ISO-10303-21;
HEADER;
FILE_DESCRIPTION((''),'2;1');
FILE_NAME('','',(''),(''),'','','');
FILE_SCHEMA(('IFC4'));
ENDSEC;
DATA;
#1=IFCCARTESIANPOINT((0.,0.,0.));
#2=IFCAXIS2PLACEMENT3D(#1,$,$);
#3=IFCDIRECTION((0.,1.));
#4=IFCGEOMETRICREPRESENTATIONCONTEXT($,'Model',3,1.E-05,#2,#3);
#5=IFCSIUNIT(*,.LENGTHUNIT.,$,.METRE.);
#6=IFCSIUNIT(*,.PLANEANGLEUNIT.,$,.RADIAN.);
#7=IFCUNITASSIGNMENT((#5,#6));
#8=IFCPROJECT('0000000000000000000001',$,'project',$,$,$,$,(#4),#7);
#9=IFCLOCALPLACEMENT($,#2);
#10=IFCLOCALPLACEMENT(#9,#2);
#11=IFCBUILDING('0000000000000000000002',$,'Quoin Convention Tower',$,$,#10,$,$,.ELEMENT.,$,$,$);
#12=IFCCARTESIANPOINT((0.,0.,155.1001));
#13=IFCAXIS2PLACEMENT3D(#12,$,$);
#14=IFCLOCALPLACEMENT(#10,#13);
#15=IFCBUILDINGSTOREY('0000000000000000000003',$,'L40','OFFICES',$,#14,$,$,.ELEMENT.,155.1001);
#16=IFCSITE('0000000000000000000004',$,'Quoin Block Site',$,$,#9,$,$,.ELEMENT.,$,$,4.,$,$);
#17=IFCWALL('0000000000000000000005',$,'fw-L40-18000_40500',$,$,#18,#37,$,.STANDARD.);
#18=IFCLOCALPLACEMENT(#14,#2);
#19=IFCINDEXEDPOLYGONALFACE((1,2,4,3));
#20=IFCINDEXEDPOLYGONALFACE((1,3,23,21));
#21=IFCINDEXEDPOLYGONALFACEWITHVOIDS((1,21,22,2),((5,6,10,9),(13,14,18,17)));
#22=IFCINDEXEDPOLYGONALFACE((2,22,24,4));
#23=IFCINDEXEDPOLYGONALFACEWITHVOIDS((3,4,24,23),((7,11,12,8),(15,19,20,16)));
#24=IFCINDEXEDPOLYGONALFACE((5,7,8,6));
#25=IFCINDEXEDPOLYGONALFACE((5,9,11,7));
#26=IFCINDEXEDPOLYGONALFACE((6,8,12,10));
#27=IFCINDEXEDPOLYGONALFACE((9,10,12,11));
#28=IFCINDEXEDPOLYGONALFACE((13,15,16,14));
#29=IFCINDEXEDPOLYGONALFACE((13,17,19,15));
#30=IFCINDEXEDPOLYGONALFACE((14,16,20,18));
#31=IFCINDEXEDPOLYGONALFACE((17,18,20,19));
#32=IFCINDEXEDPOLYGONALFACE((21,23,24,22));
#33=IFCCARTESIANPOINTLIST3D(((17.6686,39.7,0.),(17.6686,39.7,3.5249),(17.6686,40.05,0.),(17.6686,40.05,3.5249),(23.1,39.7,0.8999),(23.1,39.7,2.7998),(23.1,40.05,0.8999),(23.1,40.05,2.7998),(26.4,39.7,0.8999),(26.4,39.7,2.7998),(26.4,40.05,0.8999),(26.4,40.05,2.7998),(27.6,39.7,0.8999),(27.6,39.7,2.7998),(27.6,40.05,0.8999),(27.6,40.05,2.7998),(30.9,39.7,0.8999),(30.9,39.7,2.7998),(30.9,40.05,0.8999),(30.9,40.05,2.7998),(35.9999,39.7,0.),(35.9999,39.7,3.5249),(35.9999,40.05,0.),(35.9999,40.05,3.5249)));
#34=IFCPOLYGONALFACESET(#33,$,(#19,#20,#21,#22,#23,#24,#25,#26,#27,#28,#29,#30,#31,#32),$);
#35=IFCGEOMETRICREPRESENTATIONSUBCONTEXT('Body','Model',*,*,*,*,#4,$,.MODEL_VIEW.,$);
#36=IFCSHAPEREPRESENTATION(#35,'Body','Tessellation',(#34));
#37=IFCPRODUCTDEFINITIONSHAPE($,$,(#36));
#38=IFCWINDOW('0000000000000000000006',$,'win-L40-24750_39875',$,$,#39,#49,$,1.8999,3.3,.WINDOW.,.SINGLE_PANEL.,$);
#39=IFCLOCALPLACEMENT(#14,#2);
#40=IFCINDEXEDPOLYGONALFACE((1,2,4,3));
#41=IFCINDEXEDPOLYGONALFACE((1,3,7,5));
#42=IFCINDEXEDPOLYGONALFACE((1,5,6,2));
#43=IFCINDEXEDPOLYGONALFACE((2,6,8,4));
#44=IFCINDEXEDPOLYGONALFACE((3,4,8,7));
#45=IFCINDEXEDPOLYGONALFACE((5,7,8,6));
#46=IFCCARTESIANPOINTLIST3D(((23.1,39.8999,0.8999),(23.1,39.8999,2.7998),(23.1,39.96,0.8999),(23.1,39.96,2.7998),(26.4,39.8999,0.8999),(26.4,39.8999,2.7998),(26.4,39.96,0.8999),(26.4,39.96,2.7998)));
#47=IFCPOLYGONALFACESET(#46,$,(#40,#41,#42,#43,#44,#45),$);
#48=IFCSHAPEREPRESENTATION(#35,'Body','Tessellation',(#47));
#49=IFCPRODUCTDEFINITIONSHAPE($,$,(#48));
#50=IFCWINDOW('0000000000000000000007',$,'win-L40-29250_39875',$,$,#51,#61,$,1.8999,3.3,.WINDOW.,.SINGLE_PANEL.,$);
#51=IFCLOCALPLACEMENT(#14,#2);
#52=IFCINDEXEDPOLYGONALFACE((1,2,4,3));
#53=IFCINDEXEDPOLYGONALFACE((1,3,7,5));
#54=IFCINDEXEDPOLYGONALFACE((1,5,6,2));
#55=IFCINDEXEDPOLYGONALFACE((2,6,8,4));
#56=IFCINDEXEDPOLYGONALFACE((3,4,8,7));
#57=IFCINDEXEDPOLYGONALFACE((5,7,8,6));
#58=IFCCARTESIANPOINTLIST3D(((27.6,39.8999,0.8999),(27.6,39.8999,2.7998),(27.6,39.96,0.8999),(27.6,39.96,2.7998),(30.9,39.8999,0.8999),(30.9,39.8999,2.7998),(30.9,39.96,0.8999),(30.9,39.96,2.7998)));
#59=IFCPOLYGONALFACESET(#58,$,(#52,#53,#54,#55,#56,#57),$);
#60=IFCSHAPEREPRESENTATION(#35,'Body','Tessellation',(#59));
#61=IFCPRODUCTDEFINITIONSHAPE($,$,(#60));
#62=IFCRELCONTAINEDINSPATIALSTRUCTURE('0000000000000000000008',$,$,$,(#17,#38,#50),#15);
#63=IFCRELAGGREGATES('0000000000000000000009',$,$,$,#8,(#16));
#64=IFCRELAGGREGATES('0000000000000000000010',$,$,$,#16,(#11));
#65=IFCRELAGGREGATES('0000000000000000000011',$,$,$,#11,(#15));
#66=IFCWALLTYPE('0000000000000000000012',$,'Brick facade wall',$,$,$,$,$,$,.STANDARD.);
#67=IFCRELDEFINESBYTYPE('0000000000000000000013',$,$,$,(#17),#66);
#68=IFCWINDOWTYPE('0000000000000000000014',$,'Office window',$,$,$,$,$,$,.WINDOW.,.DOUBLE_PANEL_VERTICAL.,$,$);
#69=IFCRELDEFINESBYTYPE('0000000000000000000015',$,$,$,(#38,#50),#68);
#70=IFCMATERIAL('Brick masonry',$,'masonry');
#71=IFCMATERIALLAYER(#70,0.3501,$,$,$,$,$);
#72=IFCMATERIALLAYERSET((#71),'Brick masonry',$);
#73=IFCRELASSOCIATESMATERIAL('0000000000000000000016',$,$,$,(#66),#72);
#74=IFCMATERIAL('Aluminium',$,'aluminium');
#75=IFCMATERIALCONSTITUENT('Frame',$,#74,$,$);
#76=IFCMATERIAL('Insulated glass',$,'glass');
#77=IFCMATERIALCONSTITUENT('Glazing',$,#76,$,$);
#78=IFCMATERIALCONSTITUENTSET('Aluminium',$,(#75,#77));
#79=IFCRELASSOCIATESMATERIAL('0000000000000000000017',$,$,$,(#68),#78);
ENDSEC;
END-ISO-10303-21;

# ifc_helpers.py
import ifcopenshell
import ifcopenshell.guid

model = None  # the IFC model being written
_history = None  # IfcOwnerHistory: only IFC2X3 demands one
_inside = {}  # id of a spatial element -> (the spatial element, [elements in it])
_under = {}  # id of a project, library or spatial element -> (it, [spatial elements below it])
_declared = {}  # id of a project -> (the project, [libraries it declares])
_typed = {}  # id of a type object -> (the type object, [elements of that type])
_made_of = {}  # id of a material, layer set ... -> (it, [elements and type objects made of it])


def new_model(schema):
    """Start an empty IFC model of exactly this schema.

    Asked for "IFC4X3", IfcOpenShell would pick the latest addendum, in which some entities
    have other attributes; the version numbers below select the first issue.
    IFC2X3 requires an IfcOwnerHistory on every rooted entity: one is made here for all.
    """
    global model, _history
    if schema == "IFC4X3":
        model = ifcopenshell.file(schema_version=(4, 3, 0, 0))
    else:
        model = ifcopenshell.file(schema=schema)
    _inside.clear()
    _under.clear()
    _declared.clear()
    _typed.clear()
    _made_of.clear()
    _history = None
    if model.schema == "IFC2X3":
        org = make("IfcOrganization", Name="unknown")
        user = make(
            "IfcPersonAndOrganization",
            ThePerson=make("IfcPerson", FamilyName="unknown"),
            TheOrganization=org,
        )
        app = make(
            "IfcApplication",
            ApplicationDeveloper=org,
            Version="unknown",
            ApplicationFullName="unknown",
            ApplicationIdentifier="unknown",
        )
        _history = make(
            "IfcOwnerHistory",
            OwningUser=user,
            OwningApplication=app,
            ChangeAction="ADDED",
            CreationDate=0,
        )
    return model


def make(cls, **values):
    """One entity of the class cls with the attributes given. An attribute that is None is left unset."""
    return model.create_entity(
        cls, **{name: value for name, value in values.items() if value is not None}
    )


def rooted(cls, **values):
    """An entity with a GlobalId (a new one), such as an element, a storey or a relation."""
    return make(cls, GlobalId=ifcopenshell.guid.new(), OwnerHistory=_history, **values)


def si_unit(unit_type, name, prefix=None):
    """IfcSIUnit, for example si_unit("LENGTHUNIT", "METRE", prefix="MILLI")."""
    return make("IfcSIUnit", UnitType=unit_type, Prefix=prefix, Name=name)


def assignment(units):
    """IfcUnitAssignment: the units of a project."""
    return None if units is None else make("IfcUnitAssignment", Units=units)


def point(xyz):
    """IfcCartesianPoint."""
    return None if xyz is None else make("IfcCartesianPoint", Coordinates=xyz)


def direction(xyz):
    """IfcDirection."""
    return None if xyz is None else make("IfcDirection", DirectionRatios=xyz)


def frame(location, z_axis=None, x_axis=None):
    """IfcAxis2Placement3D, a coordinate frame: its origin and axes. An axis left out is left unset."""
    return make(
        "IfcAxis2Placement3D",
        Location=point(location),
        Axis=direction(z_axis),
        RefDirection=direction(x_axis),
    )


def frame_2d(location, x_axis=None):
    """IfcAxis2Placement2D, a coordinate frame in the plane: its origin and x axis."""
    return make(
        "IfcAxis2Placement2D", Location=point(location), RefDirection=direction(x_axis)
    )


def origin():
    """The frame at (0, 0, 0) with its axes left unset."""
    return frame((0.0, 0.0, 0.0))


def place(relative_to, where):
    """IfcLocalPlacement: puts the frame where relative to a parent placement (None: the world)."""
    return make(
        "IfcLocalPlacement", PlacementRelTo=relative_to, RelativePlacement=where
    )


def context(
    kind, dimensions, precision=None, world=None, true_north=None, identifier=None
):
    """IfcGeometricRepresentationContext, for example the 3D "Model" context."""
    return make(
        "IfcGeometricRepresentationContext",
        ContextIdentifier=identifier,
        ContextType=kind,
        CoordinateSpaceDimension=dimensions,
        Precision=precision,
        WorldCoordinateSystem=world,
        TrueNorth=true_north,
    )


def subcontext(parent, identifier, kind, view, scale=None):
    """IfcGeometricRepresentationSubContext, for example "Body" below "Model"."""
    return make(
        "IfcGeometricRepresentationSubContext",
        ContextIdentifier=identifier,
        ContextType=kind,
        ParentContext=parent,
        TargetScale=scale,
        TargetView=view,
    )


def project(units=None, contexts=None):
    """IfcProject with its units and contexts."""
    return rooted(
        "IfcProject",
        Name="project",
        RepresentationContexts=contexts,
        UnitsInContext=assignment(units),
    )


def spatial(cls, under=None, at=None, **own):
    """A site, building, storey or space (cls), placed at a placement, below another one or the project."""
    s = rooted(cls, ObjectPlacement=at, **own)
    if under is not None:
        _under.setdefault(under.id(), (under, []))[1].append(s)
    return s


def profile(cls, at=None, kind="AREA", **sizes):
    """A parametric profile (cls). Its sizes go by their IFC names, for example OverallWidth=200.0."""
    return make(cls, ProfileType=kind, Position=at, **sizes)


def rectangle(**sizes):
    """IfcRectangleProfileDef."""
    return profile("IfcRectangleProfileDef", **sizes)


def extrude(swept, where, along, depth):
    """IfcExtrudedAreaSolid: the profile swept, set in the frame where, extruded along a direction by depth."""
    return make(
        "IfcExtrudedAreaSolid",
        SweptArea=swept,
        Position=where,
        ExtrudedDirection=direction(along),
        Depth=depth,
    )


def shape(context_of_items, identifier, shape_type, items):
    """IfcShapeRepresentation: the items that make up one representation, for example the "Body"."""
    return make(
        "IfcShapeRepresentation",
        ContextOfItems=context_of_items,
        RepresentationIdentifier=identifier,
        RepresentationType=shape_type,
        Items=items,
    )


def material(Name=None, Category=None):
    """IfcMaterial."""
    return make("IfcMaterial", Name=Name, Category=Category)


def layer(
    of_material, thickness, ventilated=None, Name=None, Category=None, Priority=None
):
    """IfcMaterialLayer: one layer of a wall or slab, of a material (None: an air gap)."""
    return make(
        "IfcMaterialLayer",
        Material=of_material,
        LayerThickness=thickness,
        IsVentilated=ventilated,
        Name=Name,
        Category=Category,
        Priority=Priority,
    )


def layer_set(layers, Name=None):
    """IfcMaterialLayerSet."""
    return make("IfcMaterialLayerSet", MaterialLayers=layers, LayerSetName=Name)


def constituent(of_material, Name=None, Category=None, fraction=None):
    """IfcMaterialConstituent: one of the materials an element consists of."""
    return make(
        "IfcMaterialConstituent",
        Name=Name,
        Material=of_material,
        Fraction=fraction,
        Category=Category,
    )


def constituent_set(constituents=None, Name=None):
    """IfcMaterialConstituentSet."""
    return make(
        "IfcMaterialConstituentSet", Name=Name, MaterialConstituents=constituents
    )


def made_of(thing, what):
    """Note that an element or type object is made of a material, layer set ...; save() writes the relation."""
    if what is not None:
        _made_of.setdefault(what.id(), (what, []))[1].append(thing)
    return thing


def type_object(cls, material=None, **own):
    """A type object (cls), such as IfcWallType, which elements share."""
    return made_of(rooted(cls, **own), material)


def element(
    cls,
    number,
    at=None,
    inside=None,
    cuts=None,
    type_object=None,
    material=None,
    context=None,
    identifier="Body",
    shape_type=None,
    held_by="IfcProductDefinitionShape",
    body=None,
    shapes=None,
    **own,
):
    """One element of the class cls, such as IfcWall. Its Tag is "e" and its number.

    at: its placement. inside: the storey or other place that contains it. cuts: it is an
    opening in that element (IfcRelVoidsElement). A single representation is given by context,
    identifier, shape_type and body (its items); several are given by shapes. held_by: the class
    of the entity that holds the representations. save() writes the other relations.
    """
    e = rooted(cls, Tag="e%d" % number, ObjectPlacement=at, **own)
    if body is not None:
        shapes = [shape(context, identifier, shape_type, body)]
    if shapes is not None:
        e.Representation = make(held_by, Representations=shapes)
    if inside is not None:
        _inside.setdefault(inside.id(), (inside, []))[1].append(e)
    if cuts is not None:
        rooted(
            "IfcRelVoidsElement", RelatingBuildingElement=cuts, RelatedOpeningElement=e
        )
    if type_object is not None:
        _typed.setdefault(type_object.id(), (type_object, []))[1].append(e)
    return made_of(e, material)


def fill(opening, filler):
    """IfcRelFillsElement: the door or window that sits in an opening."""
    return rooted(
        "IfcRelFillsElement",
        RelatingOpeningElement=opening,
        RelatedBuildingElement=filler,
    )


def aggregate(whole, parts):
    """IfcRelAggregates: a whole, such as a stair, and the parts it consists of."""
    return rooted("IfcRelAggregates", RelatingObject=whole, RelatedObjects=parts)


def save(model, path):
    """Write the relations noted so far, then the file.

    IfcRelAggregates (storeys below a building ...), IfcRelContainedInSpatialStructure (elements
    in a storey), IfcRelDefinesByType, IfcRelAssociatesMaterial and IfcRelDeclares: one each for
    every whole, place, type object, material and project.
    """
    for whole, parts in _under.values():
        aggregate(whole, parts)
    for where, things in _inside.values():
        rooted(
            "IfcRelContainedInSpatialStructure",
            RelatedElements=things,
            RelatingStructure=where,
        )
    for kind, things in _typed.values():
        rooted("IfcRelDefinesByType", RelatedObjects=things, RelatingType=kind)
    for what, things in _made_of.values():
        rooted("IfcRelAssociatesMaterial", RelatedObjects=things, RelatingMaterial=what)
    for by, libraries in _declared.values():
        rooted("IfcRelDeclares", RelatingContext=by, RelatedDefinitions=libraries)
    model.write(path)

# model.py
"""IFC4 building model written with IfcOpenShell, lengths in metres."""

from ifc_helpers import new_model, si_unit, direction, frame, frame_2d, origin, place, context, subcontext, project, spatial, rectangle, extrude, material, layer, layer_set, constituent, constituent_set, type_object, element, fill, save


model = new_model("IFC4")

# Units and contexts
model_context = context("Model", 3, precision=1e-05, world=origin(), true_north=direction((0.0, 1.0)))
body_context = subcontext(model_context, "Body", "Model", "MODEL_VIEW")
ifc_project = project(units=[si_unit("LENGTHUNIT", "METRE"), si_unit("PLANEANGLEUNIT", "RADIAN")], contexts=[model_context])

# Site, building, storey
site_placement = place(None, origin())
site = spatial("IfcSite", under=ifc_project, at=site_placement, Name="Quoin Block Site", CompositionType="ELEMENT", RefElevation=4.0)
building_placement = place(site_placement, origin())
building = spatial("IfcBuilding", under=site, at=building_placement, Name="Quoin Convention Tower", CompositionType="ELEMENT")
storey_placement = place(building_placement, frame((0.0, 0.0, 155.1001)))
storey = spatial("IfcBuildingStorey", under=building, at=storey_placement, Name="L40", Description="OFFICES", CompositionType="ELEMENT", Elevation=155.1001)

# Wall, openings, windows
ifc_material_1 = material(Name="Brick masonry", Category="masonry")
ifc_layer_1 = layer(ifc_material_1, 0.3501)
ifc_layer_set_1 = layer_set([ifc_layer_1], Name="Brick masonry")
wall_type = type_object("IfcWallType", Name="Brick facade wall", PredefinedType="STANDARD", material=ifc_layer_set_1)
ifc_material_2 = material(Name="Aluminium", Category="aluminium")
ifc_constituent_1 = constituent(ifc_material_2, Name="Frame")
ifc_material_3 = material(Name="Insulated glass", Category="glass")
ifc_constituent_2 = constituent(ifc_material_3, Name="Glazing")
ifc_constituent_set = constituent_set(constituents=[ifc_constituent_1, ifc_constituent_2], Name="Aluminium")
window_type = type_object("IfcWindowType", Name="Office window", PartitioningType="DOUBLE_PANEL_VERTICAL", PredefinedType="WINDOW", material=ifc_constituent_set)
wall_1_placement = place(storey_placement, frame((17.6687, 39.875, 0.0), z_axis=(0.0, 0.0, 1.0), x_axis=(1.0, 0.0, 0.0)))
wall_1 = element("IfcWall", 1, at=wall_1_placement, inside=storey, type_object=wall_type, Name="fw-L40-18000_40500", PredefinedType="STANDARD", context=body_context, shape_type="SweptSolid", body=[
    extrude(rectangle(XDim=18.3313, YDim=0.3501, at=frame_2d((9.1655, 0.0))), origin(), (0.0, 0.0, 1.0), 3.5249),
])
opening_1_placement = place(wall_1_placement, frame((5.4314, 0.0, 0.8999)))
opening_1 = element("IfcOpeningElement", 2, at=opening_1_placement, cuts=wall_1, PredefinedType="OPENING", context=body_context, shape_type="SweptSolid", body=[
    extrude(rectangle(XDim=3.3, YDim=1.8999, at=frame_2d((1.6499, 0.95))), frame((0.0, 0.1851, 0.0), z_axis=(0.0, -1.0, 0.0), x_axis=(1.0, 0.0, 0.0)), (0.0, 0.0, 1.0), 0.3701),
])
opening_2_placement = place(wall_1_placement, frame((9.9314, 0.0, 0.8999)))
opening_2 = element("IfcOpeningElement", 3, at=opening_2_placement, cuts=wall_1, PredefinedType="OPENING", context=body_context, shape_type="SweptSolid", body=[
    extrude(rectangle(XDim=3.3, YDim=1.8999, at=frame_2d((1.6499, 0.95))), frame((0.0, 0.1851, 0.0), z_axis=(0.0, -1.0, 0.0), x_axis=(1.0, 0.0, 0.0)), (0.0, 0.0, 1.0), 0.3701),
])
window_1_placement = place(opening_1_placement, origin())
window_1 = element("IfcWindow", 4, at=window_1_placement, inside=storey, type_object=window_type, Name="win-L40-24750_39875", OverallHeight=1.8999, OverallWidth=3.3, PartitioningType="SINGLE_PANEL", PredefinedType="WINDOW", context=body_context, shape_type="SweptSolid", body=[
    extrude(rectangle(XDim=3.3, YDim=1.8999, at=frame_2d((1.6499, 0.95))), frame((0.0, 0.085, 0.0), z_axis=(0.0, -1.0, 0.0), x_axis=(1.0, 0.0, 0.0)), (0.0, 0.0, 1.0), 0.0601),
])
fill(opening_1, window_1)
window_2_placement = place(opening_2_placement, origin())
window_2 = element("IfcWindow", 5, at=window_2_placement, inside=storey, type_object=window_type, Name="win-L40-29250_39875", OverallHeight=1.8999, OverallWidth=3.3, PartitioningType="SINGLE_PANEL", PredefinedType="WINDOW", context=body_context, shape_type="SweptSolid", body=[
    extrude(rectangle(XDim=3.3, YDim=1.8999, at=frame_2d((1.6499, 0.95))), frame((0.0, 0.085, 0.0), z_axis=(0.0, -1.0, 0.0), x_axis=(1.0, 0.0, 0.0)), (0.0, 0.0, 1.0), 0.0601),
])
fill(opening_2, window_2)

save(model, "model.ifc")
